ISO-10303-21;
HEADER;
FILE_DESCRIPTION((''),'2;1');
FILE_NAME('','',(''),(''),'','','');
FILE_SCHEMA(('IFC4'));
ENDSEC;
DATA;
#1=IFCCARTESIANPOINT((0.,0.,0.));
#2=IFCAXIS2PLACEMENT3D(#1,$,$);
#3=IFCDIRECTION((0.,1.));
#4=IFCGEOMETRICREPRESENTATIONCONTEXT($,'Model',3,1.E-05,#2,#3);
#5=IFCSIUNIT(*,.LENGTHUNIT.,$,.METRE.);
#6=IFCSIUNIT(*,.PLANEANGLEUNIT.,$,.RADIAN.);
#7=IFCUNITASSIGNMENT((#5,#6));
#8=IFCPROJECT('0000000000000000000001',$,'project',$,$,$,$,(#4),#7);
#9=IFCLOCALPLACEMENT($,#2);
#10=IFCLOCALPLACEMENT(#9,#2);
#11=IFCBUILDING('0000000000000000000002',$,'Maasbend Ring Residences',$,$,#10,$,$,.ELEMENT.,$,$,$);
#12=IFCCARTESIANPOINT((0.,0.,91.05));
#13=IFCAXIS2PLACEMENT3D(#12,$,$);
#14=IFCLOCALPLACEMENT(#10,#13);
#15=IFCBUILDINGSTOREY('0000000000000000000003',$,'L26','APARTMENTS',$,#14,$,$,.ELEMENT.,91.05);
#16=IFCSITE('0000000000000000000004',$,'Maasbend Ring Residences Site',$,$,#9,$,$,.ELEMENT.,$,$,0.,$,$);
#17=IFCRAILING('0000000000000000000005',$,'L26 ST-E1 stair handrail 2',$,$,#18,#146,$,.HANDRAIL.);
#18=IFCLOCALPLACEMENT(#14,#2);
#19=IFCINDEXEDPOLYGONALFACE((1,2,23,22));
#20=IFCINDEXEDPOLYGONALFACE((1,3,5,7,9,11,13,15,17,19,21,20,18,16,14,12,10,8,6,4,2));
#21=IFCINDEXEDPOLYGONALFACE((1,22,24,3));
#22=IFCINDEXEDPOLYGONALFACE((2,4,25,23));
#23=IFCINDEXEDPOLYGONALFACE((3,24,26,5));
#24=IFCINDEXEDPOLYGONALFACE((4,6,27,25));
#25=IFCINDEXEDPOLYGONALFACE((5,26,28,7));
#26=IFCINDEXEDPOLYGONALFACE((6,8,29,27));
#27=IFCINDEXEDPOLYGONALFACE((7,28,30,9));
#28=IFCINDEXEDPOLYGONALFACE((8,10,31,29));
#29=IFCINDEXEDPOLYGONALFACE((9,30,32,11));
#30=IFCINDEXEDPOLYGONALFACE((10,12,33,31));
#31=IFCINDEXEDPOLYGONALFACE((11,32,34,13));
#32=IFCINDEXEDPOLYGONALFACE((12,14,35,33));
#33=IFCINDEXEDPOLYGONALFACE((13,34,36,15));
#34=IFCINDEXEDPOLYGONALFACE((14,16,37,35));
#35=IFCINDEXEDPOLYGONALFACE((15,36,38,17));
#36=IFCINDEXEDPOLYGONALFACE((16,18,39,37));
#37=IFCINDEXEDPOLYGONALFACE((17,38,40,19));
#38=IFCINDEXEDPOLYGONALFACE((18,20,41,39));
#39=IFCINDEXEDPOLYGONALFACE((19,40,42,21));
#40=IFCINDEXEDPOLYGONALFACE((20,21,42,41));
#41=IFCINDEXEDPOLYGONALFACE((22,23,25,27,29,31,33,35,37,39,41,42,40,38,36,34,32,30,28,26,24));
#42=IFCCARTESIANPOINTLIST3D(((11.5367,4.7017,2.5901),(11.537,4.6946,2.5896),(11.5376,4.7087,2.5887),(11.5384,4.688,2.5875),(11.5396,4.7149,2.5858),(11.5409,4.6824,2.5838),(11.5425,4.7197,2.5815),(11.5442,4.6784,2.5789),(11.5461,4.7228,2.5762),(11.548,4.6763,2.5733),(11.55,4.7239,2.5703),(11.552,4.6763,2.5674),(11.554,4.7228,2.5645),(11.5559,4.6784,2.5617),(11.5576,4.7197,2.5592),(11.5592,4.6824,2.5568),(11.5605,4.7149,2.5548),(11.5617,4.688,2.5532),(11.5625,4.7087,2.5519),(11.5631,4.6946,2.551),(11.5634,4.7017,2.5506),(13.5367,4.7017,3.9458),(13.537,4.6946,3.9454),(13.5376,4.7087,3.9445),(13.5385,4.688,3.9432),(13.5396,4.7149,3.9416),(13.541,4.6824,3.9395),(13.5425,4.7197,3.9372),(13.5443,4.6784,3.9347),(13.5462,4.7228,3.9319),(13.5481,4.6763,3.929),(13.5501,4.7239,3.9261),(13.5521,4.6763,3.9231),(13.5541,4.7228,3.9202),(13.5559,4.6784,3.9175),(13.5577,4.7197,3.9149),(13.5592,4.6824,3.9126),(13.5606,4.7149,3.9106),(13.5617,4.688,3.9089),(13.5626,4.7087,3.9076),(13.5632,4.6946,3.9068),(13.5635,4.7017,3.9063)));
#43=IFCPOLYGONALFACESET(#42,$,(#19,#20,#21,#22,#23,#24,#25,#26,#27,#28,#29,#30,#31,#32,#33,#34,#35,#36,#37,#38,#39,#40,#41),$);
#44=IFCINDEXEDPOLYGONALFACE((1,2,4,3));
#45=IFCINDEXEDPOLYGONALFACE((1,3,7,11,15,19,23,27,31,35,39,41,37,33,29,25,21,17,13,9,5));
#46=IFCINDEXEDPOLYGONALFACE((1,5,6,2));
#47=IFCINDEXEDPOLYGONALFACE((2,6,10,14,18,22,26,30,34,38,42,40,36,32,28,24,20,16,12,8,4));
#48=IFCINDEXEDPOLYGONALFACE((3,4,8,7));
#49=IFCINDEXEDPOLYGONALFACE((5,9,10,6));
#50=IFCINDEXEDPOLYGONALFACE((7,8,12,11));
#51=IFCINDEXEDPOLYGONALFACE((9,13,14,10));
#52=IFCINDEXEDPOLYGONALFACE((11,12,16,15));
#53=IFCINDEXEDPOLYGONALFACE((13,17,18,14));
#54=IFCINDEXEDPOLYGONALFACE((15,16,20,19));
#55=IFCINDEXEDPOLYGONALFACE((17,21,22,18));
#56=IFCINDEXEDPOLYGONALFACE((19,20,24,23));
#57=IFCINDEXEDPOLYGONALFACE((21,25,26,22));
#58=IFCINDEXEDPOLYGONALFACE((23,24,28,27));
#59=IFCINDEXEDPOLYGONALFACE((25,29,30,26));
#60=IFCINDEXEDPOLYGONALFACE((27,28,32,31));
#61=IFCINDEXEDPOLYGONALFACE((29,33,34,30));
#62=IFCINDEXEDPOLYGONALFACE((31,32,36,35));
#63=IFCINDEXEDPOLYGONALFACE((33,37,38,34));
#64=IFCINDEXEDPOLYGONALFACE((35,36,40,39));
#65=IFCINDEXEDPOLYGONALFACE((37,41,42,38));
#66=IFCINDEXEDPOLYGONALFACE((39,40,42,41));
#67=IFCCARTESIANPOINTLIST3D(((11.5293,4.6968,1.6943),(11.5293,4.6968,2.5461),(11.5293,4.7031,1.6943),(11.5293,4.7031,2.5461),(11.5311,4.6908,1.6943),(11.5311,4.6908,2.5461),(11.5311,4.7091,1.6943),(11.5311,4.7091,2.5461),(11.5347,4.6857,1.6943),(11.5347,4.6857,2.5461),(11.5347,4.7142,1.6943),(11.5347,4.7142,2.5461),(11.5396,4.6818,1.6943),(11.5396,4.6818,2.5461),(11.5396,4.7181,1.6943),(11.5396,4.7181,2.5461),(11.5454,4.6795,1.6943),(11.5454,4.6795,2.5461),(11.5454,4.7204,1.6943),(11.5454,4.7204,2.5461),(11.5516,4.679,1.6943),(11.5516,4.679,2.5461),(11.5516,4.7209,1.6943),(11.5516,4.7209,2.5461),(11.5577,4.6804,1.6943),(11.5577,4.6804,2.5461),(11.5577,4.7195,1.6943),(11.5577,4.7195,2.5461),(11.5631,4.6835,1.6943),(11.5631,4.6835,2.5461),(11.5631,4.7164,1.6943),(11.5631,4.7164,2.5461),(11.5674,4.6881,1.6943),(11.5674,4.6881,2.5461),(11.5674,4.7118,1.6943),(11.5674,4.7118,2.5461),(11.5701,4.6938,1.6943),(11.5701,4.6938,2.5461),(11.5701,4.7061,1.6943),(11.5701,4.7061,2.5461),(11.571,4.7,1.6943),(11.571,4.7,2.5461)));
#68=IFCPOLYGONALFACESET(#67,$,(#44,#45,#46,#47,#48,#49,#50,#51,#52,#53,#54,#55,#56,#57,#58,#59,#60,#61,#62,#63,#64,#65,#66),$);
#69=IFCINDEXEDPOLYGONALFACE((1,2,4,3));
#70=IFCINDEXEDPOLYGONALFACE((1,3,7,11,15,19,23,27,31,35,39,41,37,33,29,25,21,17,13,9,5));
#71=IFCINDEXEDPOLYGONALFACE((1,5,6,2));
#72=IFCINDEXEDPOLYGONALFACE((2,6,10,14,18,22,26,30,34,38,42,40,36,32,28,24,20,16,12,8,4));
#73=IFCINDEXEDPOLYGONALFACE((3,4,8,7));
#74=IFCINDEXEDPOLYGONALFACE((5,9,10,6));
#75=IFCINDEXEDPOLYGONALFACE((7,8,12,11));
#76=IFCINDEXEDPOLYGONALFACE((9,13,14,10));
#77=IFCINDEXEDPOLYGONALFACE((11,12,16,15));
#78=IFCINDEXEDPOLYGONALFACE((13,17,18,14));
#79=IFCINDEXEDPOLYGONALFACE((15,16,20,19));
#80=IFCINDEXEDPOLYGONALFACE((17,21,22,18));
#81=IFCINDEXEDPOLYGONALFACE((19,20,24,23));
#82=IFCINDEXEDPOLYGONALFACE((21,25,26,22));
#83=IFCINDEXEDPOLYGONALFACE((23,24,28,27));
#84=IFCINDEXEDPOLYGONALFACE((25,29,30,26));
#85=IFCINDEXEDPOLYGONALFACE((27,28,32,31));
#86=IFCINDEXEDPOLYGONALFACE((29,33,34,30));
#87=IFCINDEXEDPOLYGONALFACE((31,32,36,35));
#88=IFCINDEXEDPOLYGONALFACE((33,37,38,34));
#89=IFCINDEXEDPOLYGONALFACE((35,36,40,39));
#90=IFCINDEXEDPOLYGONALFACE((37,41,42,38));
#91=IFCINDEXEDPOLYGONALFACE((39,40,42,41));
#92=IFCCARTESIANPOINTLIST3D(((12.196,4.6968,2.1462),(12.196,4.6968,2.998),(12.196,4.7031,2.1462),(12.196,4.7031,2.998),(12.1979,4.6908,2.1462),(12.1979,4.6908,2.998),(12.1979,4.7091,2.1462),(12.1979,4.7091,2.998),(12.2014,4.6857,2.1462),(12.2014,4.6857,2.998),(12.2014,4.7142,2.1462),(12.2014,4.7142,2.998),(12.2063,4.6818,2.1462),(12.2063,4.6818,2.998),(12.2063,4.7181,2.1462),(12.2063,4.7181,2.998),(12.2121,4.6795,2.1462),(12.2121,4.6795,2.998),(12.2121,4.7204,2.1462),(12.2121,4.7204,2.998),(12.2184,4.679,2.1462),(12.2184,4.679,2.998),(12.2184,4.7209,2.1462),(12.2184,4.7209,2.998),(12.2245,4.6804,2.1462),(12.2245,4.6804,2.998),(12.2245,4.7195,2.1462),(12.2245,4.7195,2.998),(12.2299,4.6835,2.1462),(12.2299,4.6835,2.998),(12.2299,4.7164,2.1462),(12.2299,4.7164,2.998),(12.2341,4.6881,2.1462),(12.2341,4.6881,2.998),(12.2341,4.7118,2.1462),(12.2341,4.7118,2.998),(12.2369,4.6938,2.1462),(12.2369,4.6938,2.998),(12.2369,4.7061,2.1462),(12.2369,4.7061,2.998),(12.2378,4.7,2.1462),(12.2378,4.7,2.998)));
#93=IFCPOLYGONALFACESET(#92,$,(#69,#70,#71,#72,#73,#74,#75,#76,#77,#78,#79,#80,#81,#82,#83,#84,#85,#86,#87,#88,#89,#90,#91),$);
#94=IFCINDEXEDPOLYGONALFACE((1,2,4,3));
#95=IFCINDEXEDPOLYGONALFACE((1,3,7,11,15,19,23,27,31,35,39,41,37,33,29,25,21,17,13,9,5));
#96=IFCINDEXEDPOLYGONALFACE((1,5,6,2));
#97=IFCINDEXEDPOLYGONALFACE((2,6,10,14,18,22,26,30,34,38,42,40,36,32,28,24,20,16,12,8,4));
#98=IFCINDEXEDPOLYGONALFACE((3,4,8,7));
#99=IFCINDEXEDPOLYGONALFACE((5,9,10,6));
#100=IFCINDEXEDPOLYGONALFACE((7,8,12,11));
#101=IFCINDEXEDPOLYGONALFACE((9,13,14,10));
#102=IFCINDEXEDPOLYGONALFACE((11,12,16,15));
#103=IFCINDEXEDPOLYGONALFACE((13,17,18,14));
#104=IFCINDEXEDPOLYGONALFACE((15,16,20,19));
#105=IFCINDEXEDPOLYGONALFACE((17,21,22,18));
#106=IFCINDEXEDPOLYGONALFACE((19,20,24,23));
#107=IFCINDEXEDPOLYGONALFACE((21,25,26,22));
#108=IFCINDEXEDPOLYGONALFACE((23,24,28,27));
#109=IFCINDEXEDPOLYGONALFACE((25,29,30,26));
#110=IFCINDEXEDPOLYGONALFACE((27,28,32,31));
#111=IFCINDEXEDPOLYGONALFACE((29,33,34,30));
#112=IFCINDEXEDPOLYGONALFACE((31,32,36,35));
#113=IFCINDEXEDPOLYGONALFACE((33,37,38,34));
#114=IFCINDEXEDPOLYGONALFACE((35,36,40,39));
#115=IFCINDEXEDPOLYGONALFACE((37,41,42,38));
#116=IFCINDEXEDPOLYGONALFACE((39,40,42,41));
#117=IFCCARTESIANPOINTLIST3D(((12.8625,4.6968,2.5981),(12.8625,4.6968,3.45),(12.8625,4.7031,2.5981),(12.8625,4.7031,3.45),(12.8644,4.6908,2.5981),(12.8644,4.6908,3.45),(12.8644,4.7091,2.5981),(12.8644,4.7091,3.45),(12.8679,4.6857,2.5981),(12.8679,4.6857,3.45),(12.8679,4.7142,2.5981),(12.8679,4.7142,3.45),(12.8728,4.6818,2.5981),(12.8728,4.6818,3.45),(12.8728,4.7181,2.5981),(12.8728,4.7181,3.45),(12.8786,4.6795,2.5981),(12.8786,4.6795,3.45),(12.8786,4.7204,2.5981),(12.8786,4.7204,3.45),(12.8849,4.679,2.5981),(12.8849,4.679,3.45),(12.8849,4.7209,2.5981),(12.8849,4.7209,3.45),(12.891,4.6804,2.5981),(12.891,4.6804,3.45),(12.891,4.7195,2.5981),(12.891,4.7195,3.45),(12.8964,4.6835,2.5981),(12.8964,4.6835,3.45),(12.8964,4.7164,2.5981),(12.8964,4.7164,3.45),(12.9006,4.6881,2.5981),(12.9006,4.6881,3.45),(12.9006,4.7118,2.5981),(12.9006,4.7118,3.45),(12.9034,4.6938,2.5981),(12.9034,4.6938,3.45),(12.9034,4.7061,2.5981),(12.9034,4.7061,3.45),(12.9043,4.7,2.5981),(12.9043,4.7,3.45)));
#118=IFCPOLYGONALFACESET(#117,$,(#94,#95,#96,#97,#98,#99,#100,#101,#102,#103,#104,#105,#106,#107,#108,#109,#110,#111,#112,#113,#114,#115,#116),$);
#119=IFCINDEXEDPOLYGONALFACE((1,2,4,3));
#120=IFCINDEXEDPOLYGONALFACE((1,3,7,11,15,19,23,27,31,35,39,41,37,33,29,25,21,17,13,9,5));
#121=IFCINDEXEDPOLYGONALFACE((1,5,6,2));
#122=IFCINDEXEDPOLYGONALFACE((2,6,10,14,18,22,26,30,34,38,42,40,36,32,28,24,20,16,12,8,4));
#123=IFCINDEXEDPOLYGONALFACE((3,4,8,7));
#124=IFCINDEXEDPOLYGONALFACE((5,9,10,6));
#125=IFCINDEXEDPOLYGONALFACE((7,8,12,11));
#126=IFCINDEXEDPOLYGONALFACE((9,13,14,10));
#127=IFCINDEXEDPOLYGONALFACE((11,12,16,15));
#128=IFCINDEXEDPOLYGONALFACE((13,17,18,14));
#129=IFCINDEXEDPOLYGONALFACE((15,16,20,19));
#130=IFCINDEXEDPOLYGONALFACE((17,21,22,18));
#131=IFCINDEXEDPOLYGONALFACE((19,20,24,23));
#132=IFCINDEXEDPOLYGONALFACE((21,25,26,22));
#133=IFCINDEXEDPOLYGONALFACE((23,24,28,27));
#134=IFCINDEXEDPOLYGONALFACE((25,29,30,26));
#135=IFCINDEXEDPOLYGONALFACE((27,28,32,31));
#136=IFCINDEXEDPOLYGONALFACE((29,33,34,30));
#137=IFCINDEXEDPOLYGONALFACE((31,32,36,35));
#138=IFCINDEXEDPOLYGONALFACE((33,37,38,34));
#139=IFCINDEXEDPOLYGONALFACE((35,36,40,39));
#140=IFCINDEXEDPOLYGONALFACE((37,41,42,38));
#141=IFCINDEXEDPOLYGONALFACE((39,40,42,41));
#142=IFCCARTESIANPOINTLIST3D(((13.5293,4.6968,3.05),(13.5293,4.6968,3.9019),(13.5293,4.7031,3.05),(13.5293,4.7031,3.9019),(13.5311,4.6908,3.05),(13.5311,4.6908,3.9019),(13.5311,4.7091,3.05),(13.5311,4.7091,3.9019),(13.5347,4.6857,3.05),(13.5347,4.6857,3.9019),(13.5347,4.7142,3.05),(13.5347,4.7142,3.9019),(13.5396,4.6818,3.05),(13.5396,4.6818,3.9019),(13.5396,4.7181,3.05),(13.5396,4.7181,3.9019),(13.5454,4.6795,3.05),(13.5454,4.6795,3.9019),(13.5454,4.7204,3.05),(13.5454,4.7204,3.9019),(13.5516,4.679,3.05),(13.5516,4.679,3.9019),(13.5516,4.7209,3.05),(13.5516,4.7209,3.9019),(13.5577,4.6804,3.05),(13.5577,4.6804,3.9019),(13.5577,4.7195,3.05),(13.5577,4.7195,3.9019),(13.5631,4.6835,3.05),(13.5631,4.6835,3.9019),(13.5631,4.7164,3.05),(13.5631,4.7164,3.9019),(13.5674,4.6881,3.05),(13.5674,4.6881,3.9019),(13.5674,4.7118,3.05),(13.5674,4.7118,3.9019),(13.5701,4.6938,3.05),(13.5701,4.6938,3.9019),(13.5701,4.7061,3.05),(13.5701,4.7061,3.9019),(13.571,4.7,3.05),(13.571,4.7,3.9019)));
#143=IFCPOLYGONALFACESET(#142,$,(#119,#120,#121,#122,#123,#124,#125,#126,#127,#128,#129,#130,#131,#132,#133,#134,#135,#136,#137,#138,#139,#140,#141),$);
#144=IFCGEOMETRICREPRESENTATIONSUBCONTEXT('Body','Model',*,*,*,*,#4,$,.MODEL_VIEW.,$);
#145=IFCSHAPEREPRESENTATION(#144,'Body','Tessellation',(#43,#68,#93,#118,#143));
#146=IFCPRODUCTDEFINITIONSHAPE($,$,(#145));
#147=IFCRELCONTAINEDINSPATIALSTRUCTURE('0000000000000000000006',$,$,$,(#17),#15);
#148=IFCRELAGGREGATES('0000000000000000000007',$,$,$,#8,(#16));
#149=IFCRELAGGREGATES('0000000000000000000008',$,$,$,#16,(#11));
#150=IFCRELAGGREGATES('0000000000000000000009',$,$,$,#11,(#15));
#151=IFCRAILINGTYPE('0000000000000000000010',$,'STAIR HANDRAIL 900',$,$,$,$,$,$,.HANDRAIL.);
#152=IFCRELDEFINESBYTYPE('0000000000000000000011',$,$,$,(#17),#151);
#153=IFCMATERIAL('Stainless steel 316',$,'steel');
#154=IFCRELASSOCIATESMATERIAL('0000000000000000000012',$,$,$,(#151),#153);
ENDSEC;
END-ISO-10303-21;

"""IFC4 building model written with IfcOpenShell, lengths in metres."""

from ifc_helpers import new_model, si_unit, direction, frame, origin, origin_2d, place, context, subcontext, project, spatial, circle, extrude, material, type_object, element, save


model = new_model("IFC4")

# Units and contexts
model_context = context("Model", 3, precision=1e-05, world=origin(), true_north=direction((0.0, 1.0)))
body_context = subcontext(model_context, "Body", "Model", "MODEL_VIEW")
ifc_project = project(units=[si_unit("LENGTHUNIT", "METRE"), si_unit("PLANEANGLEUNIT", "RADIAN")], contexts=[model_context])

# Site, building, storey
site_placement = place(None, origin())
site = spatial("IfcSite", under=ifc_project, at=site_placement, Name="Maasbend Ring Residences Site", CompositionType="ELEMENT", RefElevation=0.0)
building_placement = place(site_placement, origin())
building = spatial("IfcBuilding", under=site, at=building_placement, Name="Maasbend Ring Residences", CompositionType="ELEMENT")
storey_placement = place(building_placement, frame((0.0, 0.0, 91.05)))
storey = spatial("IfcBuildingStorey", under=building, at=storey_placement, Name="L26", Description="APARTMENTS", CompositionType="ELEMENT", Elevation=91.05)

# Railing
ifc_material_1 = material(Name="Stainless steel 316", Category="steel")
railing_type_1 = type_object("IfcRailingType", Name="STAIR HANDRAIL 900", PredefinedType="HANDRAIL", material=ifc_material_1)
railing_1_placement = place(storey_placement, frame((11.55, 4.7, 1.6943)))
element("IfcRailing", 1, at=railing_1_placement, inside=storey, type_object=railing_type_1, Name="L26 ST-E1 stair handrail 2", PredefinedType="HANDRAIL", context=body_context, shape_type="SweptSolid", body=[
    extrude(circle(Radius=0.0239, at=origin_2d()), frame((0.0, 0.0, 0.876), z_axis=(0.827751, 0.0, 0.561096), x_axis=(0.0, 1.0, 0.0)), (0.0, 0.0, 1.0), 2.4163),
    extrude(circle(Radius=0.021, at=origin_2d()), origin(), (0.0, 0.0, 1.0), 0.8518),
    extrude(circle(Radius=0.021, at=origin_2d()), frame((0.6667, 0.0, 0.4519)), (0.0, 0.0, 1.0), 0.8518),
    extrude(circle(Radius=0.021, at=origin_2d()), frame((1.3333, 0.0, 0.9038)), (0.0, 0.0, 1.0), 0.8518),
    extrude(circle(Radius=0.021, at=origin_2d()), frame((2.0, 0.0, 1.3557)), (0.0, 0.0, 1.0), 0.8518),
])

save(model, "model.ifc")
